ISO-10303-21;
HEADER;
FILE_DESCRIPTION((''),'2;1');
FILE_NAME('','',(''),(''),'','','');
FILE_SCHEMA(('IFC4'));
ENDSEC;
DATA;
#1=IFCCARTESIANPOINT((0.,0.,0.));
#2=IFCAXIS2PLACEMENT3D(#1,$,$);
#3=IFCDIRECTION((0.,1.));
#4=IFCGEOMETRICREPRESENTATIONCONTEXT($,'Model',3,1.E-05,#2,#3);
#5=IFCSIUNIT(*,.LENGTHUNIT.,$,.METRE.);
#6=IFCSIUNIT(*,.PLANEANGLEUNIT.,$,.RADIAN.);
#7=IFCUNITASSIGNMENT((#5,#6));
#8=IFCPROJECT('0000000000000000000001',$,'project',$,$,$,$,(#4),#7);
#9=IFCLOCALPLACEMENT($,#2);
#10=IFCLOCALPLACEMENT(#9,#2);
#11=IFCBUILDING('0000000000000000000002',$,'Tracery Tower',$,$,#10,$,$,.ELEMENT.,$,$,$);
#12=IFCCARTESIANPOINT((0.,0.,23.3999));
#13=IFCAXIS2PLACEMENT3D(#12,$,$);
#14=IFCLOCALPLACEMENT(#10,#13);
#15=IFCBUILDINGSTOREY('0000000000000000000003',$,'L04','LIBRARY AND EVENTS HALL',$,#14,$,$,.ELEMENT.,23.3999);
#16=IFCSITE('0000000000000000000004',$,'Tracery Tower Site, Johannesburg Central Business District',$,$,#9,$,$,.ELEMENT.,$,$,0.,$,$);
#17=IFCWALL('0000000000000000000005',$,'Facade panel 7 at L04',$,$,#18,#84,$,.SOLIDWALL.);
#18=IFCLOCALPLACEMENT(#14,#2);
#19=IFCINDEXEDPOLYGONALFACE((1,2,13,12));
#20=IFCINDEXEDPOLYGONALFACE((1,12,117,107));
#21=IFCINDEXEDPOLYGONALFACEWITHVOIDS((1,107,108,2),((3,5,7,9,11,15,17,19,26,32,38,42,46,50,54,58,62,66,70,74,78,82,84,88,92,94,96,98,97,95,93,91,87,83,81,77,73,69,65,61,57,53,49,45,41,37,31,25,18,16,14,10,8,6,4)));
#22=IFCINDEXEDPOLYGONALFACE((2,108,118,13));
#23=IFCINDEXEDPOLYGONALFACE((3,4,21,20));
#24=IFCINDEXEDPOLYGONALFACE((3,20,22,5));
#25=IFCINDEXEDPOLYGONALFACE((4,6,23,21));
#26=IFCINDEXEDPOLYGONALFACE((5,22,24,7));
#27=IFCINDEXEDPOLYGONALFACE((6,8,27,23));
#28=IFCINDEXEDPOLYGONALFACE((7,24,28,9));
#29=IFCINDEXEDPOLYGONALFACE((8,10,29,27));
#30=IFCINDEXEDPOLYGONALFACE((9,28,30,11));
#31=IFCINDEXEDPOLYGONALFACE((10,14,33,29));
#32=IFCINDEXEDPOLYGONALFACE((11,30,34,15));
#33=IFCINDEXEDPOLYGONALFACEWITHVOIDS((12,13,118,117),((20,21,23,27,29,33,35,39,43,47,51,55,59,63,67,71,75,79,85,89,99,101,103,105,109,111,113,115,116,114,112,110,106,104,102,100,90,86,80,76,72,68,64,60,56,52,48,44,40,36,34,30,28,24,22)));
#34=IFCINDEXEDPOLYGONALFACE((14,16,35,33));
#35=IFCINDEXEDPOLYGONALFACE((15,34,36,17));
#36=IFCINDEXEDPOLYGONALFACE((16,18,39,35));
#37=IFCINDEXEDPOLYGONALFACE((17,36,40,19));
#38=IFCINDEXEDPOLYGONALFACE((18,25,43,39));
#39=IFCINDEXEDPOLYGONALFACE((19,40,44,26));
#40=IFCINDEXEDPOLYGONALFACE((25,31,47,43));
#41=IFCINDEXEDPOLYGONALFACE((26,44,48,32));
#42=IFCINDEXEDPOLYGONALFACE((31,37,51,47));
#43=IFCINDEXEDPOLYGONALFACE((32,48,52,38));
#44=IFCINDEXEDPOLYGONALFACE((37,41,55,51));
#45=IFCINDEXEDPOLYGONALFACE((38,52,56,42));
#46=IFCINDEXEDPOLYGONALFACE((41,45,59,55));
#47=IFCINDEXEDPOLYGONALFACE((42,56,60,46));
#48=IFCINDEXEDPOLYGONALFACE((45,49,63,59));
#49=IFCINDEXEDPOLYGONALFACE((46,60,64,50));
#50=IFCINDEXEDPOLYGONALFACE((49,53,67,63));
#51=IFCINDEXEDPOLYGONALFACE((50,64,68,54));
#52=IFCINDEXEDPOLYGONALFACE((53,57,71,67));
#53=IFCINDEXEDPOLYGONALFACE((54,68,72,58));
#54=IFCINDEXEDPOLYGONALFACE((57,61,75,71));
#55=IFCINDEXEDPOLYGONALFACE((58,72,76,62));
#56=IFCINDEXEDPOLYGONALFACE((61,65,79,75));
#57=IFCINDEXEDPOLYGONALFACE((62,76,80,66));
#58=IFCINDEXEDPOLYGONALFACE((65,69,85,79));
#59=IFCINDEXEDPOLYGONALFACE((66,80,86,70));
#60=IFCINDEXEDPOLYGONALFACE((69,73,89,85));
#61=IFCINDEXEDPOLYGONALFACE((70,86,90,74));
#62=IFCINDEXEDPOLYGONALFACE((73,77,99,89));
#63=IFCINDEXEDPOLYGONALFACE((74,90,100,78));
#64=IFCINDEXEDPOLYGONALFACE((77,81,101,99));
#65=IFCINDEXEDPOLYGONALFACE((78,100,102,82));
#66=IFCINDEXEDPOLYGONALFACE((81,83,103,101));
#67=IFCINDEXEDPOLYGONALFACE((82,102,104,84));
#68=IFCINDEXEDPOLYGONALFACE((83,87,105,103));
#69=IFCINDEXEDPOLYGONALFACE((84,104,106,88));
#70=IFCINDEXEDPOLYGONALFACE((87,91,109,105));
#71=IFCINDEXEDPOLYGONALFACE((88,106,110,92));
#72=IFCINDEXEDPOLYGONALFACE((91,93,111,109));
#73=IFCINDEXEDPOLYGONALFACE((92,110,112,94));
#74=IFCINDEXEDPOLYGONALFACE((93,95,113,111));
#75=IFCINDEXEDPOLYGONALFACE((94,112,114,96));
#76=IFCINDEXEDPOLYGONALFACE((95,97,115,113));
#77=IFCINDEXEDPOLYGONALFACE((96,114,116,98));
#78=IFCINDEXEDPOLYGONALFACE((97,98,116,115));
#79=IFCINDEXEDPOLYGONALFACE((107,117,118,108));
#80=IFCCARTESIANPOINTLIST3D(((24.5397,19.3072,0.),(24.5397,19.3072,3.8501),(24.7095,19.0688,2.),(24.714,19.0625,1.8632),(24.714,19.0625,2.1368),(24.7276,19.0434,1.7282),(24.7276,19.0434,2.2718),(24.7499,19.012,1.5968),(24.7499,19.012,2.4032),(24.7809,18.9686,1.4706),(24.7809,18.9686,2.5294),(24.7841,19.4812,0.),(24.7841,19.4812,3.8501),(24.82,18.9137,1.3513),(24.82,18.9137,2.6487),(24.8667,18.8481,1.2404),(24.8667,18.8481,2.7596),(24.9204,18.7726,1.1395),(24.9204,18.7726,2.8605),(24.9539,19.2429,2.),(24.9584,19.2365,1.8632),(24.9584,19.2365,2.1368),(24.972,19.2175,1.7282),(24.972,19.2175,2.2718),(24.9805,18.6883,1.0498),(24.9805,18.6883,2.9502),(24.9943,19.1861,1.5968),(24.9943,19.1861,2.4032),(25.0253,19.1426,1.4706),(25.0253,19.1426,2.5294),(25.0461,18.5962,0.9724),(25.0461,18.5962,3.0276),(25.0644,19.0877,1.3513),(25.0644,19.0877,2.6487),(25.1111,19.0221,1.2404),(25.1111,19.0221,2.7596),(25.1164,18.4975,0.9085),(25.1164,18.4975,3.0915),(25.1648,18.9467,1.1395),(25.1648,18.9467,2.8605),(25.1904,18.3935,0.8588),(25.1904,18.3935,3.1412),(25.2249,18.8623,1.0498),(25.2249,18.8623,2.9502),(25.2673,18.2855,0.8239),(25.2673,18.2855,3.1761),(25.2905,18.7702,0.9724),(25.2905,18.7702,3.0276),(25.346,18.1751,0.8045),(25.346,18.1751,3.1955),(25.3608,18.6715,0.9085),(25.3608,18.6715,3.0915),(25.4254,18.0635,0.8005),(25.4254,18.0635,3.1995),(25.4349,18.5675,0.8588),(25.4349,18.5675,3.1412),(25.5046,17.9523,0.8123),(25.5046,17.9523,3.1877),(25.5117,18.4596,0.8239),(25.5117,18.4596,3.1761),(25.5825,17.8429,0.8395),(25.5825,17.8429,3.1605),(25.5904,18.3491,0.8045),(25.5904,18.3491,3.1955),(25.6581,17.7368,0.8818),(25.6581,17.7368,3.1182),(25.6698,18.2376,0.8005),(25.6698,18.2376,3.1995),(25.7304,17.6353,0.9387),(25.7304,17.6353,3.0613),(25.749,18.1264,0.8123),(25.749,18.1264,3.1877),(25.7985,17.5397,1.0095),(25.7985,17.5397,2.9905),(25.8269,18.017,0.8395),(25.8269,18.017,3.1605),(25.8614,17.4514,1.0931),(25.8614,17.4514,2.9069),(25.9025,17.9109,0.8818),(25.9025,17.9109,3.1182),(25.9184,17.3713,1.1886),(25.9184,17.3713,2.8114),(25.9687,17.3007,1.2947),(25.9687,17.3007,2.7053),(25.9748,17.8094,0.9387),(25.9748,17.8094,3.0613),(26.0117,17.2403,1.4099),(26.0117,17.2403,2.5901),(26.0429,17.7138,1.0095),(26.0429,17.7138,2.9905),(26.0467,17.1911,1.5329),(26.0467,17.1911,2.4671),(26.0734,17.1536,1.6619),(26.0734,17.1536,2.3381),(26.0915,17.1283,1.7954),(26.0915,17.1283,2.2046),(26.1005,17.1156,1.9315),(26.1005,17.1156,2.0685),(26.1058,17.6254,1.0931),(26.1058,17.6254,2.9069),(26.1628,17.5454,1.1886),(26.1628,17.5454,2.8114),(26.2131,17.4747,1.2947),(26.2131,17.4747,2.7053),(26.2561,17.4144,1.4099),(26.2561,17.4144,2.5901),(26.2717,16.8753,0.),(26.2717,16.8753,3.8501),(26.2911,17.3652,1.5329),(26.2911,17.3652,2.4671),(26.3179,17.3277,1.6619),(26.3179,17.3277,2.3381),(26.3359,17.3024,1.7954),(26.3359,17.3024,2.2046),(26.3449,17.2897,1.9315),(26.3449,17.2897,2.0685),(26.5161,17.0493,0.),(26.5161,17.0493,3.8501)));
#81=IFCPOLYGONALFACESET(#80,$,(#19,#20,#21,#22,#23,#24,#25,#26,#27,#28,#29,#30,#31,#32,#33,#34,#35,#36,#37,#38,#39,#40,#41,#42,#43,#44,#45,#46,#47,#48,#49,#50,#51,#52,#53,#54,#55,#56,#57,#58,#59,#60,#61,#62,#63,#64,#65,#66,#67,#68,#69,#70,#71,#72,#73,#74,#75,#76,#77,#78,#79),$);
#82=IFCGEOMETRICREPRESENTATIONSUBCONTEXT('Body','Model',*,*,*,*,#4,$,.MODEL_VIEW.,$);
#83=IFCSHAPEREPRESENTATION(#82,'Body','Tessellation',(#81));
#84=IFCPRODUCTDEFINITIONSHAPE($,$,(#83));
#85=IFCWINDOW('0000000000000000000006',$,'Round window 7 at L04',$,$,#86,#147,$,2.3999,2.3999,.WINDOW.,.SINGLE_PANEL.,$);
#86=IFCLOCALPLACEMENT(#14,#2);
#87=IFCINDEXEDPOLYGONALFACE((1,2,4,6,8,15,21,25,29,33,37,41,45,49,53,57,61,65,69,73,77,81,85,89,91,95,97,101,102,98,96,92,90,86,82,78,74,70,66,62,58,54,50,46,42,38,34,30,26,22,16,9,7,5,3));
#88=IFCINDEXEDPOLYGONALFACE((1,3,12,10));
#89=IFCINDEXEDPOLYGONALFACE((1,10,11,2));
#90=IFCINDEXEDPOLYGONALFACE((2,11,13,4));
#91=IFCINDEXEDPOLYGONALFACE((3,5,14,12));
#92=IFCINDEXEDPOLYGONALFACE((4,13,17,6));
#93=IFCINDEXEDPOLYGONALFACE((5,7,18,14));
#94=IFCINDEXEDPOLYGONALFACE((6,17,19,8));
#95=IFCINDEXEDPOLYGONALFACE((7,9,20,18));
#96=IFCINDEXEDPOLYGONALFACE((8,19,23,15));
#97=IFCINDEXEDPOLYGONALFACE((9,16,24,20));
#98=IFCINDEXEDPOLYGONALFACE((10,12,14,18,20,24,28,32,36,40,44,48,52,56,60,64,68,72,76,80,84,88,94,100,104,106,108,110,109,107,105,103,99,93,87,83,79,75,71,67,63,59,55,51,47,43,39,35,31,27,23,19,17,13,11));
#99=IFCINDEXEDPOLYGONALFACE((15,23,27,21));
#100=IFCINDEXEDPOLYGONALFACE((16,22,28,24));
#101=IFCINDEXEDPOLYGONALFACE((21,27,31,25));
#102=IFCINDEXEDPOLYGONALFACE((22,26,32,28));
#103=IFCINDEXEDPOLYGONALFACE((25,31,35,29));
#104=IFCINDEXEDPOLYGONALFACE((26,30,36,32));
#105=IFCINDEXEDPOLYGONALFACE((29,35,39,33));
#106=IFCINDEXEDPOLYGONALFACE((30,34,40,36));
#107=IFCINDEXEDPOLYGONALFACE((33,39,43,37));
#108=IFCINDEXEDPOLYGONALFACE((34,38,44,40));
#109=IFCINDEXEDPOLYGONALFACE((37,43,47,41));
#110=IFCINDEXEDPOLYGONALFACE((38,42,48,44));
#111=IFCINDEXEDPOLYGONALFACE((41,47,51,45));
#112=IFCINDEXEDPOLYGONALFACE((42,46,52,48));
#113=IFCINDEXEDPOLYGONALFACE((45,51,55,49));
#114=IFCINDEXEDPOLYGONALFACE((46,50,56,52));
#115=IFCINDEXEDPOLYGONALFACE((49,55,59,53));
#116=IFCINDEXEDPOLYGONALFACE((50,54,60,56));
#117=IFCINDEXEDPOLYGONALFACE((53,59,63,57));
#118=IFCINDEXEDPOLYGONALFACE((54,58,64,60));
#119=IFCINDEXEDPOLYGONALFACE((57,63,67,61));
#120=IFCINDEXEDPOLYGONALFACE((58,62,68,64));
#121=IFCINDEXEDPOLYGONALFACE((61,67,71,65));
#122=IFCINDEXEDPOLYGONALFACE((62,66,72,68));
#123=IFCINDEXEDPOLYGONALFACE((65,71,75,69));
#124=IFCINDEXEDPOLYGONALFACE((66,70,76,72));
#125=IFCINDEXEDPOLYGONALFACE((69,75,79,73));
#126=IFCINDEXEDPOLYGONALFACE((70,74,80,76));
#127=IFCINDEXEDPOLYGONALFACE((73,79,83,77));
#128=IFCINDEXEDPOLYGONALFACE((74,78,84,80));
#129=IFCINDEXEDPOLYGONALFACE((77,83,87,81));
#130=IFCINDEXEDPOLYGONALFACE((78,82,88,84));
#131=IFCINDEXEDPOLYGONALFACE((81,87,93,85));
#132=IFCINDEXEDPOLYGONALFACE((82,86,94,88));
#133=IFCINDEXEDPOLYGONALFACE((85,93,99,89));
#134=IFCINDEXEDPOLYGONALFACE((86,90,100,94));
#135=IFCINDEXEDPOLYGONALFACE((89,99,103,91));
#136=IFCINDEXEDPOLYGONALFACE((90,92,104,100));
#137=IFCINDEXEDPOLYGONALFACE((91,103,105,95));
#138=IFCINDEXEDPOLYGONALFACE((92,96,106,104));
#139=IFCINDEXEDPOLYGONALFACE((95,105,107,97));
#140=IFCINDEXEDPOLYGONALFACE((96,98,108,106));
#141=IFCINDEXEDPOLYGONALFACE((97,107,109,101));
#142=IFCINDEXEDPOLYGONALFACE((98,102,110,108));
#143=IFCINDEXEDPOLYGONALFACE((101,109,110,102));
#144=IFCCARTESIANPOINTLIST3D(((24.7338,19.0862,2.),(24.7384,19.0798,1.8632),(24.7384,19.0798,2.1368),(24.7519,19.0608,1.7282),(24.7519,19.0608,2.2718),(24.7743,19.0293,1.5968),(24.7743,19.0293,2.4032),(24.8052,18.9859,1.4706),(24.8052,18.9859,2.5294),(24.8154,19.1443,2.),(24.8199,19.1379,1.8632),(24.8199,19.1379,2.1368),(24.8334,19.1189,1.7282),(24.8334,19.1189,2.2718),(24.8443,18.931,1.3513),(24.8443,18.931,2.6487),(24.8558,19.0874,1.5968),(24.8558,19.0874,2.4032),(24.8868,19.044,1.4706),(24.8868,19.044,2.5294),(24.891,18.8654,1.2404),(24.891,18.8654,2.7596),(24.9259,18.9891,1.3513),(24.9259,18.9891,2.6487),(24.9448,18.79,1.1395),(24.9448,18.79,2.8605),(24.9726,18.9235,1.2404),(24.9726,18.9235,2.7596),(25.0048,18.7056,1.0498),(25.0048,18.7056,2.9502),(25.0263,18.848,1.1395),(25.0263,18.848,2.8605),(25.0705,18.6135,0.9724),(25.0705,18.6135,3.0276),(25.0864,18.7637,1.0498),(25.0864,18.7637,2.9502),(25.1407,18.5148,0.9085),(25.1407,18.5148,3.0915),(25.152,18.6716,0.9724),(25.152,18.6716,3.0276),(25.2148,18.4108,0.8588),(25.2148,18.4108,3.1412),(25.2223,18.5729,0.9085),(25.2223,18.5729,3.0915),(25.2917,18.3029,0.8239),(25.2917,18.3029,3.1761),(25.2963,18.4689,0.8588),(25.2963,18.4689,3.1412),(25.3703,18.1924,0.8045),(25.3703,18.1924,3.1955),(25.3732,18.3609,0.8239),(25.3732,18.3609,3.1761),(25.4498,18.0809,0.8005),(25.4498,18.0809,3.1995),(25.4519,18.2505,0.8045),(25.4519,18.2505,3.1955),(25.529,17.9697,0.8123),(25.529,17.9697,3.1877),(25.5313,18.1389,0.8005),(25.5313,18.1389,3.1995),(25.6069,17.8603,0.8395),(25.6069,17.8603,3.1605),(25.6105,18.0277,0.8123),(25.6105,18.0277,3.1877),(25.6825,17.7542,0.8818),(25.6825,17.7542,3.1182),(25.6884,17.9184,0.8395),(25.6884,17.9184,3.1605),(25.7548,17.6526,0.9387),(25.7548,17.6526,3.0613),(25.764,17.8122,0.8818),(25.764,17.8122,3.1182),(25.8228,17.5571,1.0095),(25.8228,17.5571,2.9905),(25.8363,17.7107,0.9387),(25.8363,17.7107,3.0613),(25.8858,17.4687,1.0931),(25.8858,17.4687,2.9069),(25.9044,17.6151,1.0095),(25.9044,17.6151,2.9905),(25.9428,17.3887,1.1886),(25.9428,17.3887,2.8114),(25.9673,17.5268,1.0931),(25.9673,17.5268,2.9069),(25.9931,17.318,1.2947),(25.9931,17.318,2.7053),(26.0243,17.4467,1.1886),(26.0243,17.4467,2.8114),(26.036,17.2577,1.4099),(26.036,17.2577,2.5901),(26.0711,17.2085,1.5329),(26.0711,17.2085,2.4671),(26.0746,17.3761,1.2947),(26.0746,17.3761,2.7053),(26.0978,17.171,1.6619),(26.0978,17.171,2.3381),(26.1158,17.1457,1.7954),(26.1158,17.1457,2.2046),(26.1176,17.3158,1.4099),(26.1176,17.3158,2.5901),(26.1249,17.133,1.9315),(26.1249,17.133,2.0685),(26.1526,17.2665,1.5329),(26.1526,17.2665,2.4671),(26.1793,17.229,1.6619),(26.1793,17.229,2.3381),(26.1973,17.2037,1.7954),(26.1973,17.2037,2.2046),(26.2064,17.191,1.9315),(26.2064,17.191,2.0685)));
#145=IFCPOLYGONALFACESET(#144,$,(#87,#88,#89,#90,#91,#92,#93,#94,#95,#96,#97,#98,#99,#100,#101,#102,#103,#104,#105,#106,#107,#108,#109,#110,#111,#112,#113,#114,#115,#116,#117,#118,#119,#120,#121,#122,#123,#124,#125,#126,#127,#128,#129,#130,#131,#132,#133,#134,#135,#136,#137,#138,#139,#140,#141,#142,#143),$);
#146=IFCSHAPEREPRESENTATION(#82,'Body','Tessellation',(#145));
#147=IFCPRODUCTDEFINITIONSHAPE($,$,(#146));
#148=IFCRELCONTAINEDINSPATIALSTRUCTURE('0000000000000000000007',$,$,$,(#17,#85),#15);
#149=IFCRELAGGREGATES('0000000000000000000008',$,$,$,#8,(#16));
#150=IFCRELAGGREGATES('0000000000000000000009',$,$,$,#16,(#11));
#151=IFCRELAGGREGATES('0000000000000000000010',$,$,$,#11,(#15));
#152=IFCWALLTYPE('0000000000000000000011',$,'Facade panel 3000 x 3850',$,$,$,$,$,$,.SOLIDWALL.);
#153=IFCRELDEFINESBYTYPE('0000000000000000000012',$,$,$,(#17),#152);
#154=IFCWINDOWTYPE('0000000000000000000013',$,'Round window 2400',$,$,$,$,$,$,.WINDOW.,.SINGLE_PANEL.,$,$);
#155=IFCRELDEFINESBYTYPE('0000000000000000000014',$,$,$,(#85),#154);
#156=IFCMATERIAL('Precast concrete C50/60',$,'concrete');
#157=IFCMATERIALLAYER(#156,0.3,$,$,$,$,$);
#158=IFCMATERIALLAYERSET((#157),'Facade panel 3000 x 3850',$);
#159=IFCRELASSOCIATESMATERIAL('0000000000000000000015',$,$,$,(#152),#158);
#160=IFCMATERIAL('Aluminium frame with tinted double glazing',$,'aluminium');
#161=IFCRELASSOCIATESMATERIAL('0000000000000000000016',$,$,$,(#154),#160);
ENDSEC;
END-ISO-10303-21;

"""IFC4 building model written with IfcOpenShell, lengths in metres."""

from ifc_helpers import new_model, si_unit, direction, frame, frame_2d, origin, origin_2d, place, context, subcontext, project, spatial, rectangle, circle, extrude, material, layer, layer_set, type_object, element, fill, save


model = new_model("IFC4")

# Units and contexts
model_context = context("Model", 3, precision=1e-05, world=origin(), true_north=direction((0.0, 1.0)))
body_context = subcontext(model_context, "Body", "Model", "MODEL_VIEW")
ifc_project = project(units=[si_unit("LENGTHUNIT", "METRE"), si_unit("PLANEANGLEUNIT", "RADIAN")], contexts=[model_context])

# Site, building, storey
site_placement = place(None, origin())
site = spatial("IfcSite", under=ifc_project, at=site_placement, Name="Tracery Tower Site, Johannesburg Central Business District", CompositionType="ELEMENT", RefElevation=0.0)
building_placement = place(site_placement, origin())
building = spatial("IfcBuilding", under=site, at=building_placement, Name="Tracery Tower", CompositionType="ELEMENT")
storey_placement = place(building_placement, frame((0.0, 0.0, 23.3999)))
storey = spatial("IfcBuildingStorey", under=building, at=storey_placement, Name="L04", Description="LIBRARY AND EVENTS HALL", CompositionType="ELEMENT", Elevation=23.3999)

# Wall, opening, window
ifc_material_1 = material(Name="Precast concrete C50/60", Category="concrete")
ifc_layer_1 = layer(ifc_material_1, 0.3)
ifc_layer_set_1 = layer_set([ifc_layer_1], Name="Facade panel 3000 x 3850")
wall_type_1 = type_object("IfcWallType", Name="Facade panel 3000 x 3850", PredefinedType="SOLIDWALL", material=ifc_layer_set_1)
wall_1_placement = place(storey_placement, frame((26.3938, 16.9624, 0.0), z_axis=(0.0, 0.0, 1.0), x_axis=(-0.580101, 0.814545, 0.0)))
wall_1 = element("IfcWall", 1, at=wall_1_placement, inside=storey, type_object=wall_type_1, Name="Facade panel 7 at L04", PredefinedType="SOLIDWALL", context=body_context, shape_type="SweptSolid", body=[
    extrude(rectangle(XDim=2.9856, YDim=0.3, at=frame_2d((1.4927, 0.0))), origin(), (0.0, 0.0, 1.0), 3.8501),
])
opening_1_placement = place(wall_1_placement, frame((1.4929, 0.0, 2.0)))
opening_1 = element("IfcOpeningElement", 2, at=opening_1_placement, cuts=wall_1, PredefinedType="OPENING", context=body_context, shape_type="SweptSolid", body=[
    extrude(circle(Radius=1.2, at=origin_2d()), frame((0.0, 0.1599, 0.0), z_axis=(0.0, -1.0, 0.0), x_axis=(1.0, 0.0, 0.0)), (0.0, 0.0, 1.0), 0.3201),
])
ifc_material_2 = material(Name="Aluminium frame with tinted double glazing", Category="aluminium")
window_type = type_object("IfcWindowType", Name="Round window 2400", PartitioningType="SINGLE_PANEL", PredefinedType="WINDOW", material=ifc_material_2)
window_1_placement = place(opening_1_placement, origin())
window_1 = element("IfcWindow", 3, at=window_1_placement, inside=storey, type_object=window_type, Name="Round window 7 at L04", OverallHeight=2.3999, OverallWidth=2.3999, PartitioningType="SINGLE_PANEL", PredefinedType="WINDOW", context=body_context, shape_type="SweptSolid", body=[
    extrude(circle(Radius=1.2, at=origin_2d()), frame((0.0, 0.1201, 0.0), z_axis=(0.0, -1.0, 0.0), x_axis=(1.0, 0.0, 0.0)), (0.0, 0.0, 1.0), 0.1001),
])
fill(opening_1, window_1)

save(model, "model.ifc")
